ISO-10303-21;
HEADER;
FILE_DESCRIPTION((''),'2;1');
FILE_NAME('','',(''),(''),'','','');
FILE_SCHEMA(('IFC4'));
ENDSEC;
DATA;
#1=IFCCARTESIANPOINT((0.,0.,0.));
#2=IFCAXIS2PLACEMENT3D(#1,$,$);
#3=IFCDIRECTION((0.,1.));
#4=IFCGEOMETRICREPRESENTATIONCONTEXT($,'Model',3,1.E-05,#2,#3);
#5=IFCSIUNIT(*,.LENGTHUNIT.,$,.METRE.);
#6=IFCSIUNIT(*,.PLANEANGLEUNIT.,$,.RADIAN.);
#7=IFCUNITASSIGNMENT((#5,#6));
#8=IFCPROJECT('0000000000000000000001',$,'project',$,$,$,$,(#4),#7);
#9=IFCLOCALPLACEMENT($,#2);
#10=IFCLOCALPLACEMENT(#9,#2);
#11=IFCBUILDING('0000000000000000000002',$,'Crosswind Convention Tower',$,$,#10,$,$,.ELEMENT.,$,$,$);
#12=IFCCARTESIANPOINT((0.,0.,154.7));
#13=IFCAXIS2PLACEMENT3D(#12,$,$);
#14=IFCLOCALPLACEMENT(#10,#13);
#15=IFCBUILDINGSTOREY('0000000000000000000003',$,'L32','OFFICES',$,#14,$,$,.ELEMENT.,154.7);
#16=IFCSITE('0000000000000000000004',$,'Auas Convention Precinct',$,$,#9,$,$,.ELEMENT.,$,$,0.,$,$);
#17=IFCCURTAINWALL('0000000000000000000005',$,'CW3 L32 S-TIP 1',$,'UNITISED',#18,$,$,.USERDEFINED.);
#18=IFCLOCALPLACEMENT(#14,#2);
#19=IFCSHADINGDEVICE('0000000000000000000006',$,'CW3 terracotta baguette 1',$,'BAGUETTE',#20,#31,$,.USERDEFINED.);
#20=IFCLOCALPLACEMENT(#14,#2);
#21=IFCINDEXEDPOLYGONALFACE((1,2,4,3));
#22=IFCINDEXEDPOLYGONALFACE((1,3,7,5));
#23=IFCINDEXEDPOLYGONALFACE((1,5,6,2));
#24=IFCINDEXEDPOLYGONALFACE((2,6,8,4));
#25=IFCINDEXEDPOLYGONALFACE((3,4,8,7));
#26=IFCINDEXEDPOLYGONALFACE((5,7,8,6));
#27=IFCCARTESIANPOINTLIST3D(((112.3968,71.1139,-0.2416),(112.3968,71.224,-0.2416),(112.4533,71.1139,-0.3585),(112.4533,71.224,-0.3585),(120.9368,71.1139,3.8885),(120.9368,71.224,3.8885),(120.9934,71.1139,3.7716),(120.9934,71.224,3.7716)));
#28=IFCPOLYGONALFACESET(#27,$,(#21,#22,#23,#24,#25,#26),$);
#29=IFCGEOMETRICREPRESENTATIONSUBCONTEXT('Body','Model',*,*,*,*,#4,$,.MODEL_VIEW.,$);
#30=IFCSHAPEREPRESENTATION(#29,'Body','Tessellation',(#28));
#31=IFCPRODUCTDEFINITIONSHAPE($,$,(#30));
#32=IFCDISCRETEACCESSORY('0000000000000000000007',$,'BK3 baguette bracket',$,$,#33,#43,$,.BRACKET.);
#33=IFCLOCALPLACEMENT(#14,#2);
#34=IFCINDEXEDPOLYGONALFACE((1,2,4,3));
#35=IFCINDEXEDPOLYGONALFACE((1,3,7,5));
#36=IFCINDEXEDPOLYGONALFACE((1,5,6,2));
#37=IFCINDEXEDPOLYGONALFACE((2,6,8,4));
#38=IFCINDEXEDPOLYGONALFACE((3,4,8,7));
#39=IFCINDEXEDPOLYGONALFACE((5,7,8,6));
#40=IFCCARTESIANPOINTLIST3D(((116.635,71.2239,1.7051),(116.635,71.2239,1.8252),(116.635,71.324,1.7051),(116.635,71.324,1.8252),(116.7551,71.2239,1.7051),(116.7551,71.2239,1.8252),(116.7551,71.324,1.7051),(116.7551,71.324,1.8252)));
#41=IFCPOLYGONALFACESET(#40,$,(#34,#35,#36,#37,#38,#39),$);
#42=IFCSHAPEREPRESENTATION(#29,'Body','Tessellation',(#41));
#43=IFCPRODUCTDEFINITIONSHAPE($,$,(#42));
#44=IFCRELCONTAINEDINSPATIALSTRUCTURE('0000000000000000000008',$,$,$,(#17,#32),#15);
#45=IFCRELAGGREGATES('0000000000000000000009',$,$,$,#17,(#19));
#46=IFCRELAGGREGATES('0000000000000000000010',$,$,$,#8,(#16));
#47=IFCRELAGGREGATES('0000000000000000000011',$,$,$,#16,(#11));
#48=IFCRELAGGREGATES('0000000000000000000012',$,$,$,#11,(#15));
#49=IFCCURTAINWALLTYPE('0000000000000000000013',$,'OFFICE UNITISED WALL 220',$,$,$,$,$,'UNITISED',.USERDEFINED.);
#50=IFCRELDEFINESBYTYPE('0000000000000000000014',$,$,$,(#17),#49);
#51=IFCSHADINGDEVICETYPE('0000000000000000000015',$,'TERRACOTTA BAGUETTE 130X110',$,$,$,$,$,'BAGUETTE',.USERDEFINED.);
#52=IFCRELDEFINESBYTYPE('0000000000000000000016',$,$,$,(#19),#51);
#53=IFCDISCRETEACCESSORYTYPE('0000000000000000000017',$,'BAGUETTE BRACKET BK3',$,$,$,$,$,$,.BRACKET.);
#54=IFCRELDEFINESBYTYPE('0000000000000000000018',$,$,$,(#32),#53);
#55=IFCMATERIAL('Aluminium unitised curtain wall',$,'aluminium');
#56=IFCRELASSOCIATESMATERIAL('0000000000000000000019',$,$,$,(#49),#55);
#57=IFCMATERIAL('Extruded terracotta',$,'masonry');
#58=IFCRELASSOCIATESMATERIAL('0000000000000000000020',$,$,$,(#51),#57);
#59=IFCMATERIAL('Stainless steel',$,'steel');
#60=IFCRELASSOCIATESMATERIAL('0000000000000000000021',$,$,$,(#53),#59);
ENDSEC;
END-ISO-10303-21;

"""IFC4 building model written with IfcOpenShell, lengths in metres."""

from ifc_helpers import new_model, si_unit, direction, frame, origin, origin_2d, place, context, subcontext, project, spatial, rectangle, extrude, material, material_profile, profile_set, type_object, element, aggregate, save


model = new_model("IFC4")

# Units and contexts
model_context = context("Model", 3, precision=1e-05, world=origin(), true_north=direction((0.0, 1.0)))
body_context = subcontext(model_context, "Body", "Model", "MODEL_VIEW")
ifc_project = project(units=[si_unit("LENGTHUNIT", "METRE"), si_unit("PLANEANGLEUNIT", "RADIAN")], contexts=[model_context])

# Site, building, storey
site_placement = place(None, origin())
site = spatial("IfcSite", under=ifc_project, at=site_placement, Name="Auas Convention Precinct", CompositionType="ELEMENT", RefElevation=0.0)
building_placement = place(site_placement, origin())
building = spatial("IfcBuilding", under=site, at=building_placement, Name="Crosswind Convention Tower", CompositionType="ELEMENT")
storey_placement = place(building_placement, frame((0.0, 0.0, 154.7)))
storey = spatial("IfcBuildingStorey", under=building, at=storey_placement, Name="L32", Description="OFFICES", CompositionType="ELEMENT", Elevation=154.7)

# Curtain wall
ifc_material_1 = material(Name="Aluminium unitised curtain wall", Category="aluminium")
curtain_wall_type_1 = type_object("IfcCurtainWallType", Name="OFFICE UNITISED WALL 220", ElementType="UNITISED", PredefinedType="USERDEFINED", material=ifc_material_1)
curtain_wall_1_placement = place(storey_placement, origin())
curtain_wall_1 = element("IfcCurtainWall", 1, at=curtain_wall_1_placement, inside=storey, type_object=curtain_wall_type_1, Name="CW3 L32 S-TIP 1", ObjectType="UNITISED", PredefinedType="USERDEFINED")

# Shading device
ifc_material_2 = material(Name="Extruded terracotta", Category="masonry")
ifc_material_profile_1 = material_profile(ifc_material_2, rectangle(XDim=0.1101, YDim=0.1299, at=origin_2d()), Name="TC 110X130")
ifc_profile_set_1 = profile_set([ifc_material_profile_1], Name="Extruded terracotta")
shading_device_type = type_object("IfcShadingDeviceType", Name="TERRACOTTA BAGUETTE 130X110", ElementType="BAGUETTE", PredefinedType="USERDEFINED", material=ifc_profile_set_1)
shading_device_placement = place(storey_placement, frame((112.425, 71.1689, -0.3), z_axis=(0.900248, 0.0, 0.435377), x_axis=(0.0, 1.0, 0.0)))
shading_device = element("IfcShadingDevice", 2, at=shading_device_placement, type_object=shading_device_type, Name="CW3 terracotta baguette 1", ObjectType="BAGUETTE", PredefinedType="USERDEFINED", context=body_context, shape_type="SweptSolid", body=[
    extrude(rectangle(XDim=0.1101, YDim=0.1299, at=origin_2d()), origin(), (0.0, 0.0, 1.0), 9.4863),
])
aggregate(curtain_wall_1, [shading_device])

# Discrete accessory
ifc_material_3 = material(Name="Stainless steel", Category="steel")
discrete_accessory_type = type_object("IfcDiscreteAccessoryType", Name="BAGUETTE BRACKET BK3", PredefinedType="BRACKET", material=ifc_material_3)
discrete_accessory_placement = place(storey_placement, frame((116.6951, 71.2739, 1.7051), z_axis=(0.0, 0.0, 1.0), x_axis=(1.0, 0.0, 0.0)))
element("IfcDiscreteAccessory", 3, at=discrete_accessory_placement, inside=storey, type_object=discrete_accessory_type, Name="BK3 baguette bracket", PredefinedType="BRACKET", context=body_context, shape_type="SweptSolid", body=[
    extrude(rectangle(XDim=0.1201, YDim=0.1001, at=origin_2d()), origin(), (0.0, 0.0, 1.0), 0.1201),
])

save(model, "model.ifc")
